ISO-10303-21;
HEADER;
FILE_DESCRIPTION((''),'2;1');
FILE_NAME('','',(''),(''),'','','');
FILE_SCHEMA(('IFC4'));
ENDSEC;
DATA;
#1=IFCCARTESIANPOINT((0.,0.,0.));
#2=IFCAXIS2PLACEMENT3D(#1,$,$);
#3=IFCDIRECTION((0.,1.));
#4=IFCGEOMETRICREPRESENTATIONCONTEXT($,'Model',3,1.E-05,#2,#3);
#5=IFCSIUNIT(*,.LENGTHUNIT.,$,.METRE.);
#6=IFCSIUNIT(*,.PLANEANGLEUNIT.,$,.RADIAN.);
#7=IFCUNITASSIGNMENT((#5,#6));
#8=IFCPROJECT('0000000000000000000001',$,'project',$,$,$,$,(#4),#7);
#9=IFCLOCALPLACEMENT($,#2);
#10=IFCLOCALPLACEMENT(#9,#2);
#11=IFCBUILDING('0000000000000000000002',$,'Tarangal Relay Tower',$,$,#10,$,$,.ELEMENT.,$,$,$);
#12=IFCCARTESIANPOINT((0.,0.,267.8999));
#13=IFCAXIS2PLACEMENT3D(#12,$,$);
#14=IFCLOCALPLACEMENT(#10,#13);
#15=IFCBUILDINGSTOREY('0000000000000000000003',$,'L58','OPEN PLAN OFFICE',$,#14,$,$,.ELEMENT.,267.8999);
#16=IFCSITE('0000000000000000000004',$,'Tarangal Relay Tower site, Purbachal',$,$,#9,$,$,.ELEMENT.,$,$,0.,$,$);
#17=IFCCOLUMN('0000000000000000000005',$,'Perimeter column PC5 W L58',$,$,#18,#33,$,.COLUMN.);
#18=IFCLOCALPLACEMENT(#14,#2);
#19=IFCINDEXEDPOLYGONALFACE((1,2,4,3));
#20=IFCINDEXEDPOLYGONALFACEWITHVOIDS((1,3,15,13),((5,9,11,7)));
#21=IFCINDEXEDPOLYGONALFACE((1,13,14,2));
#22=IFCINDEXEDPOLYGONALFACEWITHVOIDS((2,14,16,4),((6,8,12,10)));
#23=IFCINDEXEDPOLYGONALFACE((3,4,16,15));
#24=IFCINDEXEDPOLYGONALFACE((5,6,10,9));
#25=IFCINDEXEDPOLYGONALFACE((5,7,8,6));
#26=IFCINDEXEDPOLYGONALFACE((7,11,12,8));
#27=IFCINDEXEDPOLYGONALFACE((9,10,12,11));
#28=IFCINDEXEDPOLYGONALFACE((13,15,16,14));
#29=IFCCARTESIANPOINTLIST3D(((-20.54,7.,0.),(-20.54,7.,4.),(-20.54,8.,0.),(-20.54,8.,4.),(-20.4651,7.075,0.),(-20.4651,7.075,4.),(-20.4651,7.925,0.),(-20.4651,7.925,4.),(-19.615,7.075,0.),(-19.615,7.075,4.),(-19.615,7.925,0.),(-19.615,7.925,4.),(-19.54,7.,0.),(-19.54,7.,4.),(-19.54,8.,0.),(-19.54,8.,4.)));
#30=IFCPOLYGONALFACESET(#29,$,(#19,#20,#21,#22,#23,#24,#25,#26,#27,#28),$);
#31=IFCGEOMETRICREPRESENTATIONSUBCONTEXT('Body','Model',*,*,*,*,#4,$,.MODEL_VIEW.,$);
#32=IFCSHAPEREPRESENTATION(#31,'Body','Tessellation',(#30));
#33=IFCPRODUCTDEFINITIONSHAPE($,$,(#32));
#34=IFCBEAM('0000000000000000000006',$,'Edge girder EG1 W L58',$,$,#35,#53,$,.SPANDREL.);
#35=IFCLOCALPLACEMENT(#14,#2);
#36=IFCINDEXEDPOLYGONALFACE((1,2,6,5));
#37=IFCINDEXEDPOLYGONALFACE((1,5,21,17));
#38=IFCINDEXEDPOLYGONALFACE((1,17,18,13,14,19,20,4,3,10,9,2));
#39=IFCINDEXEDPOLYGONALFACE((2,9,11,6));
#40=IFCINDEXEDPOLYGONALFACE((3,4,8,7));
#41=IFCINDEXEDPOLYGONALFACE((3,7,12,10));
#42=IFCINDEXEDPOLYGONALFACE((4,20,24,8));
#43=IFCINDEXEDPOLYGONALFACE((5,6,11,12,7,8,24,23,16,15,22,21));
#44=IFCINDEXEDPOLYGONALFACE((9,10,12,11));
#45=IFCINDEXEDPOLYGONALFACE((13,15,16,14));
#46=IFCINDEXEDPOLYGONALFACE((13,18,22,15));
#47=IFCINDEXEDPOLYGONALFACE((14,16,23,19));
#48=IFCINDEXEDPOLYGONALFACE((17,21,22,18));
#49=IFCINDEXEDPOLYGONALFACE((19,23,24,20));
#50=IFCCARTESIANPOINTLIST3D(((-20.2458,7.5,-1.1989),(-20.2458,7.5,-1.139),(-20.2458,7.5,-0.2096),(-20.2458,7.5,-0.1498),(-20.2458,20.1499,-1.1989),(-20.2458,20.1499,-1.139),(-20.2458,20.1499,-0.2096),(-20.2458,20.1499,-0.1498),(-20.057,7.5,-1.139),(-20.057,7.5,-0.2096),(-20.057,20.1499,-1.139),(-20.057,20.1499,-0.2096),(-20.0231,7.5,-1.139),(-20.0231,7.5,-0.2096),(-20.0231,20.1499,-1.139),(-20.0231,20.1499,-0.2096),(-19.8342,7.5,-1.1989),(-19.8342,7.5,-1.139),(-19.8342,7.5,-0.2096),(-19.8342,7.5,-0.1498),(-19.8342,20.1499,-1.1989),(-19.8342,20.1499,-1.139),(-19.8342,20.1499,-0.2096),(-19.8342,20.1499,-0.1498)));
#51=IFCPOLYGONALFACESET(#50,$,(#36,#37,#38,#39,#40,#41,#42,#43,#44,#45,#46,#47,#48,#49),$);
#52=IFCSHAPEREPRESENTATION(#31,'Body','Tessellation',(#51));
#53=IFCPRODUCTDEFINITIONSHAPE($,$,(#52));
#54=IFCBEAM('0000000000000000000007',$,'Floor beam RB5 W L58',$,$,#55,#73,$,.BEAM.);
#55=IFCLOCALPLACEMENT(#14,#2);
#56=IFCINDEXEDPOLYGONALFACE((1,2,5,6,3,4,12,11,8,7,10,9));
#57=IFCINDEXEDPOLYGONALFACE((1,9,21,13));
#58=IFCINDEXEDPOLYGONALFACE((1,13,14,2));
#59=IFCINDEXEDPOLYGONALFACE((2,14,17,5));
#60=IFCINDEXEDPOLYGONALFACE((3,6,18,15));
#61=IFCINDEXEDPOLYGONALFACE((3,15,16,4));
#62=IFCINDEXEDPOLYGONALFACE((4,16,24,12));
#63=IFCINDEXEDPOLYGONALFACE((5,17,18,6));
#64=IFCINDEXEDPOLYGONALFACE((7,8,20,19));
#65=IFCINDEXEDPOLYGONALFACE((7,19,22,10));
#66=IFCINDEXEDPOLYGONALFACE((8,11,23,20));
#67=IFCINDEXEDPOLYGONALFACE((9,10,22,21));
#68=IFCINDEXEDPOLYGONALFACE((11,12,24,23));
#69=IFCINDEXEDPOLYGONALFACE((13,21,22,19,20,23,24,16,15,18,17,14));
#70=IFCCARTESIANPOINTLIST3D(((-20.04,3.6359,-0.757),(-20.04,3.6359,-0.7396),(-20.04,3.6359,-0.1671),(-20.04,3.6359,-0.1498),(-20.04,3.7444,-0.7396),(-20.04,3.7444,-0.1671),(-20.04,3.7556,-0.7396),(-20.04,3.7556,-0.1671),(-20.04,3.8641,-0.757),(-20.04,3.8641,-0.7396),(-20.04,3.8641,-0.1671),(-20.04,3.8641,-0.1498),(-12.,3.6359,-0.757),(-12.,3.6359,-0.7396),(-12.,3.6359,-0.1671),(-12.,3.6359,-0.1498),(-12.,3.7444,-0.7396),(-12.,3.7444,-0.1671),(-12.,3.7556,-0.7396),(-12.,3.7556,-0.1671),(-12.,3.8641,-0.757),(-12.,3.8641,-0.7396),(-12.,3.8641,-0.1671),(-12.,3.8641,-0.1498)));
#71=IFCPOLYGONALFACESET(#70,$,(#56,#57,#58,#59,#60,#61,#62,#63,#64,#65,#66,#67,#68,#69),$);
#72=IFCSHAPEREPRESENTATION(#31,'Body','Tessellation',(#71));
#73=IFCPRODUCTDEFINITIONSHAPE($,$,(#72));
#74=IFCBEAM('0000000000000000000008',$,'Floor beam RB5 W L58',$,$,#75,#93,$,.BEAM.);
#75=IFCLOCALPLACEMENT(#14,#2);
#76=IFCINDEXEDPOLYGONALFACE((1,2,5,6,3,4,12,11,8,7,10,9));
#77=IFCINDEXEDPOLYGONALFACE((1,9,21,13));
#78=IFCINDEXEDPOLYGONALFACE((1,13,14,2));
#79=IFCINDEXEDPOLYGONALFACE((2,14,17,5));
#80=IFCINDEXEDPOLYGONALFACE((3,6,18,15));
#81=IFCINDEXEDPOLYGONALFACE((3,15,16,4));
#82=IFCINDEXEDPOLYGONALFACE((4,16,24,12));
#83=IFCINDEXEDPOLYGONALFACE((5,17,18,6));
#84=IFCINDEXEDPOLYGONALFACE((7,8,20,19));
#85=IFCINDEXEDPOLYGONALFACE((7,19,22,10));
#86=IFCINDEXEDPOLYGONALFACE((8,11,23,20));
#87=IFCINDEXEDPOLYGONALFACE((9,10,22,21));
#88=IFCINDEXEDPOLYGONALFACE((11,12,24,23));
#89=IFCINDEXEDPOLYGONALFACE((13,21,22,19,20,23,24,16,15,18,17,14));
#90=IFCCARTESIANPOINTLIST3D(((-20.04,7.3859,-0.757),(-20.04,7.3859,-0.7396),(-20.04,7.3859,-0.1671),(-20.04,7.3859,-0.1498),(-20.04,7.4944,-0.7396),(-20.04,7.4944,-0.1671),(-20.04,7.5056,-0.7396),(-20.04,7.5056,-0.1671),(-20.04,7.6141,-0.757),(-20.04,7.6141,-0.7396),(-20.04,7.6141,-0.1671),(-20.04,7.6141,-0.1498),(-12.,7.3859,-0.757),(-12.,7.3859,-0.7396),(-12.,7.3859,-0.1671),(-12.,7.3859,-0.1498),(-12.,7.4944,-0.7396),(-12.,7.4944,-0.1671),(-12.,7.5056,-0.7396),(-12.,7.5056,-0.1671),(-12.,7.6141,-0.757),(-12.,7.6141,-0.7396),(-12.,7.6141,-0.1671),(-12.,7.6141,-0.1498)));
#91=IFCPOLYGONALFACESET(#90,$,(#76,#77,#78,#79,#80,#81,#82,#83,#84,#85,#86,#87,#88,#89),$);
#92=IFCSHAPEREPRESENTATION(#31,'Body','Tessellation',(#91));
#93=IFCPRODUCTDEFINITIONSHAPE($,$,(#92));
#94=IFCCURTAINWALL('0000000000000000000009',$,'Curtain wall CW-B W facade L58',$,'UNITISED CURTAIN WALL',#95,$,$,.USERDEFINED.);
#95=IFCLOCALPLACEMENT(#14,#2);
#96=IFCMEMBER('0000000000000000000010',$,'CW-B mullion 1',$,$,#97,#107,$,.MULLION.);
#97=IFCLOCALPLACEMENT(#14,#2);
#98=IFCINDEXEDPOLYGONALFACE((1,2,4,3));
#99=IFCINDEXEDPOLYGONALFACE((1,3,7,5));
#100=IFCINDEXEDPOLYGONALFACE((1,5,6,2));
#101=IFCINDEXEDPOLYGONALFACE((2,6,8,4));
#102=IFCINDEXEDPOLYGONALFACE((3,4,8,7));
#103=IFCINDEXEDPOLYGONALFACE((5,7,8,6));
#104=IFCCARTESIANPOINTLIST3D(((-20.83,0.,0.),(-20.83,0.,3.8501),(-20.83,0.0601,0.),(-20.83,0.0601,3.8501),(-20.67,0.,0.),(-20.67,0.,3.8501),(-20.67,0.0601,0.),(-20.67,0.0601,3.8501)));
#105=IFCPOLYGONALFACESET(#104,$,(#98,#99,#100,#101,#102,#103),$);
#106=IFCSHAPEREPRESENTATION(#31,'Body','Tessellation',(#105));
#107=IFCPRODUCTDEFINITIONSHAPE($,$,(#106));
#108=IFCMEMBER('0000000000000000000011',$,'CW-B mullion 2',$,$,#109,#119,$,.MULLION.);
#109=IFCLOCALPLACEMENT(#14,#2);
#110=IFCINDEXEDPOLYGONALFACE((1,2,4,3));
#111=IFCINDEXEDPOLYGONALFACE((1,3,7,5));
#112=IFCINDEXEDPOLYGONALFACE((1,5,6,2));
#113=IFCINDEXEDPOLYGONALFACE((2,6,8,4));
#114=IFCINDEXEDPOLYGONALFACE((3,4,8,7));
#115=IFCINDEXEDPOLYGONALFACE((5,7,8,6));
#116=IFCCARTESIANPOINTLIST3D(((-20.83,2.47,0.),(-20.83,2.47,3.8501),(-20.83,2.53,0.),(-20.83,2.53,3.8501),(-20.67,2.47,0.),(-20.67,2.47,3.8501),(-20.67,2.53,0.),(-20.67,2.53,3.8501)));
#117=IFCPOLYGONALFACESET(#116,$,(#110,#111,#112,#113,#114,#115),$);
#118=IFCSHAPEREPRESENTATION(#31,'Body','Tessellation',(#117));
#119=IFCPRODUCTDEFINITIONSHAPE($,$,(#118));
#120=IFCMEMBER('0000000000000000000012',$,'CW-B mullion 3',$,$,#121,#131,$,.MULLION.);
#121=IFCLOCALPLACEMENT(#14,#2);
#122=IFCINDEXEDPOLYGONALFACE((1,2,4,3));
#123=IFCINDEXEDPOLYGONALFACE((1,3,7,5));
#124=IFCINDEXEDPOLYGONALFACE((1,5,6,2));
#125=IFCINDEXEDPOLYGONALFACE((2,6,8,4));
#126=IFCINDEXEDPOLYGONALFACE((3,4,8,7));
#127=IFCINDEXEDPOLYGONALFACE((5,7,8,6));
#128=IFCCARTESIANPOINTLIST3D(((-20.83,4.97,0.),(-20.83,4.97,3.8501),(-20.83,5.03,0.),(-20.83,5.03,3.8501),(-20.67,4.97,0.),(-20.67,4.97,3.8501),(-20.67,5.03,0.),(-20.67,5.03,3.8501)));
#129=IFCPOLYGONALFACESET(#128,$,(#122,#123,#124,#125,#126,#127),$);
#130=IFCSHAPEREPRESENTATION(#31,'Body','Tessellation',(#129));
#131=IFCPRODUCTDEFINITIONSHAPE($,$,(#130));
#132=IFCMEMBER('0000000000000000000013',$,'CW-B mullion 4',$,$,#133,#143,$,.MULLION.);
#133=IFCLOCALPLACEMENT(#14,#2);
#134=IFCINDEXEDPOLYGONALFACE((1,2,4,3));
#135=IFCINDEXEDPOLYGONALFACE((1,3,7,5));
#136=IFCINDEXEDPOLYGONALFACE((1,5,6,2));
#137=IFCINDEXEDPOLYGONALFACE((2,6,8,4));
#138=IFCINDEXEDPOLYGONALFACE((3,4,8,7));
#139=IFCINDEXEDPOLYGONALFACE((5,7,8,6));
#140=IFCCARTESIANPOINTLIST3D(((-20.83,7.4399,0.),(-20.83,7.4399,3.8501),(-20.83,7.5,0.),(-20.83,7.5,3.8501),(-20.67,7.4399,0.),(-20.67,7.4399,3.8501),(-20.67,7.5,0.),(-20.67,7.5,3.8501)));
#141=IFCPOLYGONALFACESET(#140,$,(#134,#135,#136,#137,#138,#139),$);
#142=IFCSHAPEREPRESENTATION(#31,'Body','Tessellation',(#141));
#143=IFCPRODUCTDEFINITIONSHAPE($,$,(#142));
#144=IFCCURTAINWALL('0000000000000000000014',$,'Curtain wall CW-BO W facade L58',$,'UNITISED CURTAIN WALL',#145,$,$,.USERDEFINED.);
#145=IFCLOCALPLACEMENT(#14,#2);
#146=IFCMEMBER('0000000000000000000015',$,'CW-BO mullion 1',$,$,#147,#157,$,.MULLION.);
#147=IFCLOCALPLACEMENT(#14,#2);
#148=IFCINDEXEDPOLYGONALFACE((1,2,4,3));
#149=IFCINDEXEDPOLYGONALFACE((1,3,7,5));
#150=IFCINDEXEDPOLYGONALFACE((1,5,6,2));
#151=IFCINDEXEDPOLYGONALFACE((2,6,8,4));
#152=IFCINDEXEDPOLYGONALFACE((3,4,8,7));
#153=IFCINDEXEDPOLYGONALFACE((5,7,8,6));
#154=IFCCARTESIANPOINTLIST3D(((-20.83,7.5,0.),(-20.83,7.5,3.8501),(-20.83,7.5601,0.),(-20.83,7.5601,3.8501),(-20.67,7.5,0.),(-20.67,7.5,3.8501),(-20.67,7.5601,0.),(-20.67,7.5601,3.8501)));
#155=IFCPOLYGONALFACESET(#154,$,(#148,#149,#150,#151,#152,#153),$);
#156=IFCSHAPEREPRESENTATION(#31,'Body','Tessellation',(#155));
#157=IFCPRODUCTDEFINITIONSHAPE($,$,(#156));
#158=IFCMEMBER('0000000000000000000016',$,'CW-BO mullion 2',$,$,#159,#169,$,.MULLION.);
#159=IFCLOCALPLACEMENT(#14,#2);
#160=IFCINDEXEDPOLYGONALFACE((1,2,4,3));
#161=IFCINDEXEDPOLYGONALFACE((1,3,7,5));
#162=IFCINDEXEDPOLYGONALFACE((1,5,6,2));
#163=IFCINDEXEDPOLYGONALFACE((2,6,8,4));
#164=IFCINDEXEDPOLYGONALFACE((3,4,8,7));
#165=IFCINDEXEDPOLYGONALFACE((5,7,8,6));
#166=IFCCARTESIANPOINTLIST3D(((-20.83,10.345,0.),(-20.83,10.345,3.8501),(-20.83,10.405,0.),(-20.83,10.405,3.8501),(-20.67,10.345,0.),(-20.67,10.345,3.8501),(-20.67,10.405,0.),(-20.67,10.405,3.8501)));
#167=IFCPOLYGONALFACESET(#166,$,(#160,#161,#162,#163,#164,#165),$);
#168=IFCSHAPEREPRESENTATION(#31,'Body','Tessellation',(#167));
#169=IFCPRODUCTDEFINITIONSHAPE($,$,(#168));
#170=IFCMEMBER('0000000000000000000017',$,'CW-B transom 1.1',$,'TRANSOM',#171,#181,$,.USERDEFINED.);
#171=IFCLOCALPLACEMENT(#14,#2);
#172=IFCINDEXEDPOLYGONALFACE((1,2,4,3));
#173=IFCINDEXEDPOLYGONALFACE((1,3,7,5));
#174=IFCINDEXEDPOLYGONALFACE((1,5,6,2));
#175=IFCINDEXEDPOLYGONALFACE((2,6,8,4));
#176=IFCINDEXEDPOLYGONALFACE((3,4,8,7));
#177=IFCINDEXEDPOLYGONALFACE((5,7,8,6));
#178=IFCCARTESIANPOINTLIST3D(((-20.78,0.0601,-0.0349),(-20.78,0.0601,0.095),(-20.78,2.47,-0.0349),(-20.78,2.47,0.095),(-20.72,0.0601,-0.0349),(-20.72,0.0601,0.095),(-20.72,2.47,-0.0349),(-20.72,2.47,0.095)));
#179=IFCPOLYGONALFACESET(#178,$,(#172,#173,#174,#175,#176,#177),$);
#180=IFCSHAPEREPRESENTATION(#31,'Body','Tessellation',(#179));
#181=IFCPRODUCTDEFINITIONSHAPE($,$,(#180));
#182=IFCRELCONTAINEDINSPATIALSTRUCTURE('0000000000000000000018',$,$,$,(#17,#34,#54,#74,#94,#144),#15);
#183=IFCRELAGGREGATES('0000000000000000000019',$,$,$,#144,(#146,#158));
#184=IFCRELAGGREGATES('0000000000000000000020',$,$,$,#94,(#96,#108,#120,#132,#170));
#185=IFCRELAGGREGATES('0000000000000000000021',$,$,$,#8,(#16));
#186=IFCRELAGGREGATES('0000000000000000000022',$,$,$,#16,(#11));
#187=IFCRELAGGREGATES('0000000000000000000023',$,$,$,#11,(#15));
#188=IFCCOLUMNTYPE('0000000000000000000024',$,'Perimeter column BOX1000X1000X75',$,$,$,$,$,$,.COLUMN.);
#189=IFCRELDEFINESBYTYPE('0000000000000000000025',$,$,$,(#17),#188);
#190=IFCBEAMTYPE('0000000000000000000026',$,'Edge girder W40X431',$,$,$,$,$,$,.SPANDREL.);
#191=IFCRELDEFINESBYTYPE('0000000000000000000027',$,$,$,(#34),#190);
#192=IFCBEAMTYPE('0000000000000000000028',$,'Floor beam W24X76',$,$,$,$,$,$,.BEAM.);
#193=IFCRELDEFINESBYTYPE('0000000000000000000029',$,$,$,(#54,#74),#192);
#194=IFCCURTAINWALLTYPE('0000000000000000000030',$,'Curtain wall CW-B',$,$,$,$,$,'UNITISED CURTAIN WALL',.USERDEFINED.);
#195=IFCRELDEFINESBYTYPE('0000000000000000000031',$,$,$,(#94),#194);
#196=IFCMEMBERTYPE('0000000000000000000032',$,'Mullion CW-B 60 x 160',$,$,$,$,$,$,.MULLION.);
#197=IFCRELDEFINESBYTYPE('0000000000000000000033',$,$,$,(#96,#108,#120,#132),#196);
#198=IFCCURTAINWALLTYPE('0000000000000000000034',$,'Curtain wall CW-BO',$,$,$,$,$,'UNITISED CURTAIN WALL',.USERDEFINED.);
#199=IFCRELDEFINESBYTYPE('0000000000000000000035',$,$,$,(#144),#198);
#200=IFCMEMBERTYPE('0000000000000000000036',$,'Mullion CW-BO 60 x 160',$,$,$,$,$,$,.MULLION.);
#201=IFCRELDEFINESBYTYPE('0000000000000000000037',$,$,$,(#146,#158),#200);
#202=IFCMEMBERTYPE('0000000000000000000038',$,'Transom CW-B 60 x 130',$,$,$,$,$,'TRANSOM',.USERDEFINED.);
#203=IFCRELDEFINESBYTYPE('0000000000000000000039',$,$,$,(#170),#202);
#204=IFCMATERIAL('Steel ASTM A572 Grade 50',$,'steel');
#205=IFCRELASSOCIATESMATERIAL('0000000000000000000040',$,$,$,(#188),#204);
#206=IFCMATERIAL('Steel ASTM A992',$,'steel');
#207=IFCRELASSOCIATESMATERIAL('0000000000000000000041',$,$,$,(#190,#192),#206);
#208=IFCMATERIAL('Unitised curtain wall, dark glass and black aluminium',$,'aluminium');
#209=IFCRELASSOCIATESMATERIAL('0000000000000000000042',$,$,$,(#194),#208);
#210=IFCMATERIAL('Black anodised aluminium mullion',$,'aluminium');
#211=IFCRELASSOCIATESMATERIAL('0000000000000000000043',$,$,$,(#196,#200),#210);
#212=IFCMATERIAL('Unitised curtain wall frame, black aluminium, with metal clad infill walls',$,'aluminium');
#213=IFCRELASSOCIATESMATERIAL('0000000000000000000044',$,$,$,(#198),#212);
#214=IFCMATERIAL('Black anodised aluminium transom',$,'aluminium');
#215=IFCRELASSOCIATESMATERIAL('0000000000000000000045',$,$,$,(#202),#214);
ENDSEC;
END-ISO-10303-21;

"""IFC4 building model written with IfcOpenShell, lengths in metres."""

from ifc_helpers import new_model, si_unit, direction, frame, origin, origin_2d, place, context, subcontext, project, spatial, rectangle, hollow_rectangle, i_section, extrude, material, material_profile, profile_set, type_object, element, aggregate, save


model = new_model("IFC4")

# Units and contexts
model_context = context("Model", 3, precision=1e-05, world=origin(), true_north=direction((0.0, 1.0)))
body_context = subcontext(model_context, "Body", "Model", "MODEL_VIEW")
ifc_project = project(units=[si_unit("LENGTHUNIT", "METRE"), si_unit("PLANEANGLEUNIT", "RADIAN")], contexts=[model_context])

# Site, building, storey
site_placement = place(None, origin())
site = spatial("IfcSite", under=ifc_project, at=site_placement, Name="Tarangal Relay Tower site, Purbachal", CompositionType="ELEMENT", RefElevation=0.0)
building_placement = place(site_placement, origin())
building = spatial("IfcBuilding", under=site, at=building_placement, Name="Tarangal Relay Tower", CompositionType="ELEMENT")
storey_placement = place(building_placement, frame((0.0, 0.0, 267.8999)))
storey = spatial("IfcBuildingStorey", under=building, at=storey_placement, Name="L58", Description="OPEN PLAN OFFICE", CompositionType="ELEMENT", Elevation=267.8999)

# Column
ifc_material_1 = material(Name="Steel ASTM A572 Grade 50", Category="steel")
ifc_material_profile_1 = material_profile(ifc_material_1, hollow_rectangle(XDim=1.0, YDim=1.0, WallThickness=0.075, at=origin_2d()), Name="BOX1000X1000X75")
ifc_profile_set_1 = profile_set([ifc_material_profile_1], Name="Steel ASTM A572 Grade 50")
column_type = type_object("IfcColumnType", Name="Perimeter column BOX1000X1000X75", PredefinedType="COLUMN", material=ifc_profile_set_1)
column_placement = place(storey_placement, frame((-20.04, 7.5, 0.0), z_axis=(0.0, 0.0, 1.0), x_axis=(1.0, 0.0, 0.0)))
element("IfcColumn", 1, at=column_placement, inside=storey, type_object=column_type, Name="Perimeter column PC5 W L58", PredefinedType="COLUMN", context=body_context, shape_type="SweptSolid", body=[
    extrude(hollow_rectangle(XDim=1.0, YDim=1.0, WallThickness=0.075, at=origin_2d()), origin(), (0.0, 0.0, 1.0), 4.0),
])

# Beams
ifc_material_2 = material(Name="Steel ASTM A992", Category="steel")
ifc_material_profile_2 = material_profile(ifc_material_2, i_section(OverallWidth=0.4116, OverallDepth=1.0491, WebThickness=0.0339, FlangeThickness=0.0598, at=origin_2d()), Name="W40X431")
ifc_profile_set_2 = profile_set([ifc_material_profile_2], Name="Steel ASTM A992")
beam_type_1 = type_object("IfcBeamType", Name="Edge girder W40X431", PredefinedType="SPANDREL", material=ifc_profile_set_2)
beam_placement = place(storey_placement, frame((-20.04, 7.5, -0.6743), z_axis=(0.0, 1.0, 0.0), x_axis=(-1.0, 0.0, 0.0)))
element("IfcBeam", 2, at=beam_placement, inside=storey, type_object=beam_type_1, Name="Edge girder EG1 W L58", PredefinedType="SPANDREL", context=body_context, shape_type="SweptSolid", body=[
    extrude(i_section(OverallWidth=0.4116, OverallDepth=1.0491, WebThickness=0.0339, FlangeThickness=0.0598, at=origin_2d()), origin(), (0.0, 0.0, 1.0), 12.6499),
])
ifc_material_profile_3 = material_profile(ifc_material_2, i_section(OverallWidth=0.2283, OverallDepth=0.6072, WebThickness=0.0112, FlangeThickness=0.0173, at=origin_2d()), Name="W24X76")
ifc_profile_set_3 = profile_set([ifc_material_profile_3], Name="Steel ASTM A992")
beam_type_2 = type_object("IfcBeamType", Name="Floor beam W24X76", PredefinedType="BEAM", material=ifc_profile_set_3)
for number, where, z_axis, x_axis, name in (
    (3, (-12.0, 3.75, -0.4534), (-1.0, 0.0, 0.0), (0.0, -1.0, 0.0), "Floor beam RB5 W L58"),
    (4, (-12.0, 7.5, -0.4534), (-1.0, 0.0, 0.0), (0.0, -1.0, 0.0), "Floor beam RB5 W L58"),
):
    element("IfcBeam", number, at=place(storey_placement, frame(where, z_axis=z_axis, x_axis=x_axis)), inside=storey, type_object=beam_type_2, Name=name, PredefinedType="BEAM", context=body_context, shape_type="SweptSolid", body=[
        extrude(i_section(OverallWidth=0.2283, OverallDepth=0.6072, WebThickness=0.0112, FlangeThickness=0.0173, at=origin_2d()), origin(), (0.0, 0.0, 1.0), 8.04),
    ])

# Curtain walls, members
ifc_material_3 = material(Name="Unitised curtain wall, dark glass and black aluminium", Category="aluminium")
curtain_wall_type_1 = type_object("IfcCurtainWallType", Name="Curtain wall CW-B", ElementType="UNITISED CURTAIN WALL", PredefinedType="USERDEFINED", material=ifc_material_3)
curtain_wall_1_placement = place(storey_placement, origin())
curtain_wall_1 = element("IfcCurtainWall", 5, at=curtain_wall_1_placement, inside=storey, type_object=curtain_wall_type_1, Name="Curtain wall CW-B W facade L58", ObjectType="UNITISED CURTAIN WALL", PredefinedType="USERDEFINED")
ifc_material_4 = material(Name="Black anodised aluminium mullion", Category="aluminium")
ifc_material_profile_4 = material_profile(ifc_material_4, rectangle(XDim=0.1599, YDim=0.0601, at=origin_2d()), Name="CW-BM 60X160")
ifc_profile_set_4 = profile_set([ifc_material_profile_4], Name="Black anodised aluminium mullion")
member_type_1 = type_object("IfcMemberType", Name="Mullion CW-B 60 x 160", PredefinedType="MULLION", material=ifc_profile_set_4)
member_1_placement = place(storey_placement, frame((-20.75, 0.03, 0.0), z_axis=(0.0, 0.0, 1.0), x_axis=(-1.0, 0.0, 0.0)))
member_1 = element("IfcMember", 6, at=member_1_placement, type_object=member_type_1, Name="CW-B mullion 1", PredefinedType="MULLION", context=body_context, shape_type="SweptSolid", body=[
    extrude(rectangle(XDim=0.1599, YDim=0.0601, at=origin_2d()), origin(), (0.0, 0.0, 1.0), 3.8501),
])
member_2_placement = place(storey_placement, frame((-20.75, 2.5, 0.0), z_axis=(0.0, 0.0, 1.0), x_axis=(-1.0, 0.0, 0.0)))
member_2 = element("IfcMember", 7, at=member_2_placement, type_object=member_type_1, Name="CW-B mullion 2", PredefinedType="MULLION", context=body_context, shape_type="SweptSolid", body=[
    extrude(rectangle(XDim=0.1599, YDim=0.0601, at=origin_2d()), origin(), (0.0, 0.0, 1.0), 3.8501),
])
member_3_placement = place(storey_placement, frame((-20.75, 5.0, 0.0), z_axis=(0.0, 0.0, 1.0), x_axis=(-1.0, 0.0, 0.0)))
member_3 = element("IfcMember", 8, at=member_3_placement, type_object=member_type_1, Name="CW-B mullion 3", PredefinedType="MULLION", context=body_context, shape_type="SweptSolid", body=[
    extrude(rectangle(XDim=0.1599, YDim=0.0601, at=origin_2d()), origin(), (0.0, 0.0, 1.0), 3.8501),
])
member_4_placement = place(storey_placement, frame((-20.75, 7.47, 0.0), z_axis=(0.0, 0.0, 1.0), x_axis=(-1.0, 0.0, 0.0)))
member_4 = element("IfcMember", 9, at=member_4_placement, type_object=member_type_1, Name="CW-B mullion 4", PredefinedType="MULLION", context=body_context, shape_type="SweptSolid", body=[
    extrude(rectangle(XDim=0.1599, YDim=0.0601, at=origin_2d()), origin(), (0.0, 0.0, 1.0), 3.8501),
])
ifc_material_5 = material(Name="Unitised curtain wall frame, black aluminium, with metal clad infill walls", Category="aluminium")
curtain_wall_type_2 = type_object("IfcCurtainWallType", Name="Curtain wall CW-BO", ElementType="UNITISED CURTAIN WALL", PredefinedType="USERDEFINED", material=ifc_material_5)
curtain_wall_2_placement = place(storey_placement, origin())
curtain_wall_2 = element("IfcCurtainWall", 10, at=curtain_wall_2_placement, inside=storey, type_object=curtain_wall_type_2, Name="Curtain wall CW-BO W facade L58", ObjectType="UNITISED CURTAIN WALL", PredefinedType="USERDEFINED")
ifc_material_profile_5 = material_profile(ifc_material_4, rectangle(XDim=0.1599, YDim=0.0601, at=origin_2d()), Name="CW-BOM 60X160")
ifc_profile_set_5 = profile_set([ifc_material_profile_5], Name="Black anodised aluminium mullion")
member_type_2 = type_object("IfcMemberType", Name="Mullion CW-BO 60 x 160", PredefinedType="MULLION", material=ifc_profile_set_5)
member_5_placement = place(storey_placement, frame((-20.75, 7.53, 0.0), z_axis=(0.0, 0.0, 1.0), x_axis=(-1.0, 0.0, 0.0)))
member_5 = element("IfcMember", 11, at=member_5_placement, type_object=member_type_2, Name="CW-BO mullion 1", PredefinedType="MULLION", context=body_context, shape_type="SweptSolid", body=[
    extrude(rectangle(XDim=0.1599, YDim=0.0601, at=origin_2d()), origin(), (0.0, 0.0, 1.0), 3.8501),
])
member_6_placement = place(storey_placement, frame((-20.75, 10.375, 0.0), z_axis=(0.0, 0.0, 1.0), x_axis=(-1.0, 0.0, 0.0)))
member_6 = element("IfcMember", 12, at=member_6_placement, type_object=member_type_2, Name="CW-BO mullion 2", PredefinedType="MULLION", context=body_context, shape_type="SweptSolid", body=[
    extrude(rectangle(XDim=0.1599, YDim=0.0601, at=origin_2d()), origin(), (0.0, 0.0, 1.0), 3.8501),
])

# Member
ifc_material_6 = material(Name="Black anodised aluminium transom", Category="aluminium")
ifc_material_profile_6 = material_profile(ifc_material_6, rectangle(XDim=0.0601, YDim=0.1299, at=origin_2d()), Name="CW-BT 60X130")
ifc_profile_set_6 = profile_set([ifc_material_profile_6], Name="Black anodised aluminium transom")
member_type_3 = type_object("IfcMemberType", Name="Transom CW-B 60 x 130", ElementType="TRANSOM", PredefinedType="USERDEFINED", material=ifc_profile_set_6)
member_7_placement = place(storey_placement, frame((-20.75, 0.0601, 0.03), z_axis=(0.0, 1.0, 0.0), x_axis=(-1.0, 0.0, 0.0)))
member_7 = element("IfcMember", 13, at=member_7_placement, type_object=member_type_3, Name="CW-B transom 1.1", ObjectType="TRANSOM", PredefinedType="USERDEFINED", context=body_context, shape_type="SweptSolid", body=[
    extrude(rectangle(XDim=0.0601, YDim=0.1299, at=origin_2d()), origin(), (0.0, 0.0, 1.0), 2.4099),
])
aggregate(curtain_wall_2, [member_5, member_6])

aggregate(curtain_wall_1, [member_1, member_2, member_3, member_4, member_7])

save(model, "model.ifc")
